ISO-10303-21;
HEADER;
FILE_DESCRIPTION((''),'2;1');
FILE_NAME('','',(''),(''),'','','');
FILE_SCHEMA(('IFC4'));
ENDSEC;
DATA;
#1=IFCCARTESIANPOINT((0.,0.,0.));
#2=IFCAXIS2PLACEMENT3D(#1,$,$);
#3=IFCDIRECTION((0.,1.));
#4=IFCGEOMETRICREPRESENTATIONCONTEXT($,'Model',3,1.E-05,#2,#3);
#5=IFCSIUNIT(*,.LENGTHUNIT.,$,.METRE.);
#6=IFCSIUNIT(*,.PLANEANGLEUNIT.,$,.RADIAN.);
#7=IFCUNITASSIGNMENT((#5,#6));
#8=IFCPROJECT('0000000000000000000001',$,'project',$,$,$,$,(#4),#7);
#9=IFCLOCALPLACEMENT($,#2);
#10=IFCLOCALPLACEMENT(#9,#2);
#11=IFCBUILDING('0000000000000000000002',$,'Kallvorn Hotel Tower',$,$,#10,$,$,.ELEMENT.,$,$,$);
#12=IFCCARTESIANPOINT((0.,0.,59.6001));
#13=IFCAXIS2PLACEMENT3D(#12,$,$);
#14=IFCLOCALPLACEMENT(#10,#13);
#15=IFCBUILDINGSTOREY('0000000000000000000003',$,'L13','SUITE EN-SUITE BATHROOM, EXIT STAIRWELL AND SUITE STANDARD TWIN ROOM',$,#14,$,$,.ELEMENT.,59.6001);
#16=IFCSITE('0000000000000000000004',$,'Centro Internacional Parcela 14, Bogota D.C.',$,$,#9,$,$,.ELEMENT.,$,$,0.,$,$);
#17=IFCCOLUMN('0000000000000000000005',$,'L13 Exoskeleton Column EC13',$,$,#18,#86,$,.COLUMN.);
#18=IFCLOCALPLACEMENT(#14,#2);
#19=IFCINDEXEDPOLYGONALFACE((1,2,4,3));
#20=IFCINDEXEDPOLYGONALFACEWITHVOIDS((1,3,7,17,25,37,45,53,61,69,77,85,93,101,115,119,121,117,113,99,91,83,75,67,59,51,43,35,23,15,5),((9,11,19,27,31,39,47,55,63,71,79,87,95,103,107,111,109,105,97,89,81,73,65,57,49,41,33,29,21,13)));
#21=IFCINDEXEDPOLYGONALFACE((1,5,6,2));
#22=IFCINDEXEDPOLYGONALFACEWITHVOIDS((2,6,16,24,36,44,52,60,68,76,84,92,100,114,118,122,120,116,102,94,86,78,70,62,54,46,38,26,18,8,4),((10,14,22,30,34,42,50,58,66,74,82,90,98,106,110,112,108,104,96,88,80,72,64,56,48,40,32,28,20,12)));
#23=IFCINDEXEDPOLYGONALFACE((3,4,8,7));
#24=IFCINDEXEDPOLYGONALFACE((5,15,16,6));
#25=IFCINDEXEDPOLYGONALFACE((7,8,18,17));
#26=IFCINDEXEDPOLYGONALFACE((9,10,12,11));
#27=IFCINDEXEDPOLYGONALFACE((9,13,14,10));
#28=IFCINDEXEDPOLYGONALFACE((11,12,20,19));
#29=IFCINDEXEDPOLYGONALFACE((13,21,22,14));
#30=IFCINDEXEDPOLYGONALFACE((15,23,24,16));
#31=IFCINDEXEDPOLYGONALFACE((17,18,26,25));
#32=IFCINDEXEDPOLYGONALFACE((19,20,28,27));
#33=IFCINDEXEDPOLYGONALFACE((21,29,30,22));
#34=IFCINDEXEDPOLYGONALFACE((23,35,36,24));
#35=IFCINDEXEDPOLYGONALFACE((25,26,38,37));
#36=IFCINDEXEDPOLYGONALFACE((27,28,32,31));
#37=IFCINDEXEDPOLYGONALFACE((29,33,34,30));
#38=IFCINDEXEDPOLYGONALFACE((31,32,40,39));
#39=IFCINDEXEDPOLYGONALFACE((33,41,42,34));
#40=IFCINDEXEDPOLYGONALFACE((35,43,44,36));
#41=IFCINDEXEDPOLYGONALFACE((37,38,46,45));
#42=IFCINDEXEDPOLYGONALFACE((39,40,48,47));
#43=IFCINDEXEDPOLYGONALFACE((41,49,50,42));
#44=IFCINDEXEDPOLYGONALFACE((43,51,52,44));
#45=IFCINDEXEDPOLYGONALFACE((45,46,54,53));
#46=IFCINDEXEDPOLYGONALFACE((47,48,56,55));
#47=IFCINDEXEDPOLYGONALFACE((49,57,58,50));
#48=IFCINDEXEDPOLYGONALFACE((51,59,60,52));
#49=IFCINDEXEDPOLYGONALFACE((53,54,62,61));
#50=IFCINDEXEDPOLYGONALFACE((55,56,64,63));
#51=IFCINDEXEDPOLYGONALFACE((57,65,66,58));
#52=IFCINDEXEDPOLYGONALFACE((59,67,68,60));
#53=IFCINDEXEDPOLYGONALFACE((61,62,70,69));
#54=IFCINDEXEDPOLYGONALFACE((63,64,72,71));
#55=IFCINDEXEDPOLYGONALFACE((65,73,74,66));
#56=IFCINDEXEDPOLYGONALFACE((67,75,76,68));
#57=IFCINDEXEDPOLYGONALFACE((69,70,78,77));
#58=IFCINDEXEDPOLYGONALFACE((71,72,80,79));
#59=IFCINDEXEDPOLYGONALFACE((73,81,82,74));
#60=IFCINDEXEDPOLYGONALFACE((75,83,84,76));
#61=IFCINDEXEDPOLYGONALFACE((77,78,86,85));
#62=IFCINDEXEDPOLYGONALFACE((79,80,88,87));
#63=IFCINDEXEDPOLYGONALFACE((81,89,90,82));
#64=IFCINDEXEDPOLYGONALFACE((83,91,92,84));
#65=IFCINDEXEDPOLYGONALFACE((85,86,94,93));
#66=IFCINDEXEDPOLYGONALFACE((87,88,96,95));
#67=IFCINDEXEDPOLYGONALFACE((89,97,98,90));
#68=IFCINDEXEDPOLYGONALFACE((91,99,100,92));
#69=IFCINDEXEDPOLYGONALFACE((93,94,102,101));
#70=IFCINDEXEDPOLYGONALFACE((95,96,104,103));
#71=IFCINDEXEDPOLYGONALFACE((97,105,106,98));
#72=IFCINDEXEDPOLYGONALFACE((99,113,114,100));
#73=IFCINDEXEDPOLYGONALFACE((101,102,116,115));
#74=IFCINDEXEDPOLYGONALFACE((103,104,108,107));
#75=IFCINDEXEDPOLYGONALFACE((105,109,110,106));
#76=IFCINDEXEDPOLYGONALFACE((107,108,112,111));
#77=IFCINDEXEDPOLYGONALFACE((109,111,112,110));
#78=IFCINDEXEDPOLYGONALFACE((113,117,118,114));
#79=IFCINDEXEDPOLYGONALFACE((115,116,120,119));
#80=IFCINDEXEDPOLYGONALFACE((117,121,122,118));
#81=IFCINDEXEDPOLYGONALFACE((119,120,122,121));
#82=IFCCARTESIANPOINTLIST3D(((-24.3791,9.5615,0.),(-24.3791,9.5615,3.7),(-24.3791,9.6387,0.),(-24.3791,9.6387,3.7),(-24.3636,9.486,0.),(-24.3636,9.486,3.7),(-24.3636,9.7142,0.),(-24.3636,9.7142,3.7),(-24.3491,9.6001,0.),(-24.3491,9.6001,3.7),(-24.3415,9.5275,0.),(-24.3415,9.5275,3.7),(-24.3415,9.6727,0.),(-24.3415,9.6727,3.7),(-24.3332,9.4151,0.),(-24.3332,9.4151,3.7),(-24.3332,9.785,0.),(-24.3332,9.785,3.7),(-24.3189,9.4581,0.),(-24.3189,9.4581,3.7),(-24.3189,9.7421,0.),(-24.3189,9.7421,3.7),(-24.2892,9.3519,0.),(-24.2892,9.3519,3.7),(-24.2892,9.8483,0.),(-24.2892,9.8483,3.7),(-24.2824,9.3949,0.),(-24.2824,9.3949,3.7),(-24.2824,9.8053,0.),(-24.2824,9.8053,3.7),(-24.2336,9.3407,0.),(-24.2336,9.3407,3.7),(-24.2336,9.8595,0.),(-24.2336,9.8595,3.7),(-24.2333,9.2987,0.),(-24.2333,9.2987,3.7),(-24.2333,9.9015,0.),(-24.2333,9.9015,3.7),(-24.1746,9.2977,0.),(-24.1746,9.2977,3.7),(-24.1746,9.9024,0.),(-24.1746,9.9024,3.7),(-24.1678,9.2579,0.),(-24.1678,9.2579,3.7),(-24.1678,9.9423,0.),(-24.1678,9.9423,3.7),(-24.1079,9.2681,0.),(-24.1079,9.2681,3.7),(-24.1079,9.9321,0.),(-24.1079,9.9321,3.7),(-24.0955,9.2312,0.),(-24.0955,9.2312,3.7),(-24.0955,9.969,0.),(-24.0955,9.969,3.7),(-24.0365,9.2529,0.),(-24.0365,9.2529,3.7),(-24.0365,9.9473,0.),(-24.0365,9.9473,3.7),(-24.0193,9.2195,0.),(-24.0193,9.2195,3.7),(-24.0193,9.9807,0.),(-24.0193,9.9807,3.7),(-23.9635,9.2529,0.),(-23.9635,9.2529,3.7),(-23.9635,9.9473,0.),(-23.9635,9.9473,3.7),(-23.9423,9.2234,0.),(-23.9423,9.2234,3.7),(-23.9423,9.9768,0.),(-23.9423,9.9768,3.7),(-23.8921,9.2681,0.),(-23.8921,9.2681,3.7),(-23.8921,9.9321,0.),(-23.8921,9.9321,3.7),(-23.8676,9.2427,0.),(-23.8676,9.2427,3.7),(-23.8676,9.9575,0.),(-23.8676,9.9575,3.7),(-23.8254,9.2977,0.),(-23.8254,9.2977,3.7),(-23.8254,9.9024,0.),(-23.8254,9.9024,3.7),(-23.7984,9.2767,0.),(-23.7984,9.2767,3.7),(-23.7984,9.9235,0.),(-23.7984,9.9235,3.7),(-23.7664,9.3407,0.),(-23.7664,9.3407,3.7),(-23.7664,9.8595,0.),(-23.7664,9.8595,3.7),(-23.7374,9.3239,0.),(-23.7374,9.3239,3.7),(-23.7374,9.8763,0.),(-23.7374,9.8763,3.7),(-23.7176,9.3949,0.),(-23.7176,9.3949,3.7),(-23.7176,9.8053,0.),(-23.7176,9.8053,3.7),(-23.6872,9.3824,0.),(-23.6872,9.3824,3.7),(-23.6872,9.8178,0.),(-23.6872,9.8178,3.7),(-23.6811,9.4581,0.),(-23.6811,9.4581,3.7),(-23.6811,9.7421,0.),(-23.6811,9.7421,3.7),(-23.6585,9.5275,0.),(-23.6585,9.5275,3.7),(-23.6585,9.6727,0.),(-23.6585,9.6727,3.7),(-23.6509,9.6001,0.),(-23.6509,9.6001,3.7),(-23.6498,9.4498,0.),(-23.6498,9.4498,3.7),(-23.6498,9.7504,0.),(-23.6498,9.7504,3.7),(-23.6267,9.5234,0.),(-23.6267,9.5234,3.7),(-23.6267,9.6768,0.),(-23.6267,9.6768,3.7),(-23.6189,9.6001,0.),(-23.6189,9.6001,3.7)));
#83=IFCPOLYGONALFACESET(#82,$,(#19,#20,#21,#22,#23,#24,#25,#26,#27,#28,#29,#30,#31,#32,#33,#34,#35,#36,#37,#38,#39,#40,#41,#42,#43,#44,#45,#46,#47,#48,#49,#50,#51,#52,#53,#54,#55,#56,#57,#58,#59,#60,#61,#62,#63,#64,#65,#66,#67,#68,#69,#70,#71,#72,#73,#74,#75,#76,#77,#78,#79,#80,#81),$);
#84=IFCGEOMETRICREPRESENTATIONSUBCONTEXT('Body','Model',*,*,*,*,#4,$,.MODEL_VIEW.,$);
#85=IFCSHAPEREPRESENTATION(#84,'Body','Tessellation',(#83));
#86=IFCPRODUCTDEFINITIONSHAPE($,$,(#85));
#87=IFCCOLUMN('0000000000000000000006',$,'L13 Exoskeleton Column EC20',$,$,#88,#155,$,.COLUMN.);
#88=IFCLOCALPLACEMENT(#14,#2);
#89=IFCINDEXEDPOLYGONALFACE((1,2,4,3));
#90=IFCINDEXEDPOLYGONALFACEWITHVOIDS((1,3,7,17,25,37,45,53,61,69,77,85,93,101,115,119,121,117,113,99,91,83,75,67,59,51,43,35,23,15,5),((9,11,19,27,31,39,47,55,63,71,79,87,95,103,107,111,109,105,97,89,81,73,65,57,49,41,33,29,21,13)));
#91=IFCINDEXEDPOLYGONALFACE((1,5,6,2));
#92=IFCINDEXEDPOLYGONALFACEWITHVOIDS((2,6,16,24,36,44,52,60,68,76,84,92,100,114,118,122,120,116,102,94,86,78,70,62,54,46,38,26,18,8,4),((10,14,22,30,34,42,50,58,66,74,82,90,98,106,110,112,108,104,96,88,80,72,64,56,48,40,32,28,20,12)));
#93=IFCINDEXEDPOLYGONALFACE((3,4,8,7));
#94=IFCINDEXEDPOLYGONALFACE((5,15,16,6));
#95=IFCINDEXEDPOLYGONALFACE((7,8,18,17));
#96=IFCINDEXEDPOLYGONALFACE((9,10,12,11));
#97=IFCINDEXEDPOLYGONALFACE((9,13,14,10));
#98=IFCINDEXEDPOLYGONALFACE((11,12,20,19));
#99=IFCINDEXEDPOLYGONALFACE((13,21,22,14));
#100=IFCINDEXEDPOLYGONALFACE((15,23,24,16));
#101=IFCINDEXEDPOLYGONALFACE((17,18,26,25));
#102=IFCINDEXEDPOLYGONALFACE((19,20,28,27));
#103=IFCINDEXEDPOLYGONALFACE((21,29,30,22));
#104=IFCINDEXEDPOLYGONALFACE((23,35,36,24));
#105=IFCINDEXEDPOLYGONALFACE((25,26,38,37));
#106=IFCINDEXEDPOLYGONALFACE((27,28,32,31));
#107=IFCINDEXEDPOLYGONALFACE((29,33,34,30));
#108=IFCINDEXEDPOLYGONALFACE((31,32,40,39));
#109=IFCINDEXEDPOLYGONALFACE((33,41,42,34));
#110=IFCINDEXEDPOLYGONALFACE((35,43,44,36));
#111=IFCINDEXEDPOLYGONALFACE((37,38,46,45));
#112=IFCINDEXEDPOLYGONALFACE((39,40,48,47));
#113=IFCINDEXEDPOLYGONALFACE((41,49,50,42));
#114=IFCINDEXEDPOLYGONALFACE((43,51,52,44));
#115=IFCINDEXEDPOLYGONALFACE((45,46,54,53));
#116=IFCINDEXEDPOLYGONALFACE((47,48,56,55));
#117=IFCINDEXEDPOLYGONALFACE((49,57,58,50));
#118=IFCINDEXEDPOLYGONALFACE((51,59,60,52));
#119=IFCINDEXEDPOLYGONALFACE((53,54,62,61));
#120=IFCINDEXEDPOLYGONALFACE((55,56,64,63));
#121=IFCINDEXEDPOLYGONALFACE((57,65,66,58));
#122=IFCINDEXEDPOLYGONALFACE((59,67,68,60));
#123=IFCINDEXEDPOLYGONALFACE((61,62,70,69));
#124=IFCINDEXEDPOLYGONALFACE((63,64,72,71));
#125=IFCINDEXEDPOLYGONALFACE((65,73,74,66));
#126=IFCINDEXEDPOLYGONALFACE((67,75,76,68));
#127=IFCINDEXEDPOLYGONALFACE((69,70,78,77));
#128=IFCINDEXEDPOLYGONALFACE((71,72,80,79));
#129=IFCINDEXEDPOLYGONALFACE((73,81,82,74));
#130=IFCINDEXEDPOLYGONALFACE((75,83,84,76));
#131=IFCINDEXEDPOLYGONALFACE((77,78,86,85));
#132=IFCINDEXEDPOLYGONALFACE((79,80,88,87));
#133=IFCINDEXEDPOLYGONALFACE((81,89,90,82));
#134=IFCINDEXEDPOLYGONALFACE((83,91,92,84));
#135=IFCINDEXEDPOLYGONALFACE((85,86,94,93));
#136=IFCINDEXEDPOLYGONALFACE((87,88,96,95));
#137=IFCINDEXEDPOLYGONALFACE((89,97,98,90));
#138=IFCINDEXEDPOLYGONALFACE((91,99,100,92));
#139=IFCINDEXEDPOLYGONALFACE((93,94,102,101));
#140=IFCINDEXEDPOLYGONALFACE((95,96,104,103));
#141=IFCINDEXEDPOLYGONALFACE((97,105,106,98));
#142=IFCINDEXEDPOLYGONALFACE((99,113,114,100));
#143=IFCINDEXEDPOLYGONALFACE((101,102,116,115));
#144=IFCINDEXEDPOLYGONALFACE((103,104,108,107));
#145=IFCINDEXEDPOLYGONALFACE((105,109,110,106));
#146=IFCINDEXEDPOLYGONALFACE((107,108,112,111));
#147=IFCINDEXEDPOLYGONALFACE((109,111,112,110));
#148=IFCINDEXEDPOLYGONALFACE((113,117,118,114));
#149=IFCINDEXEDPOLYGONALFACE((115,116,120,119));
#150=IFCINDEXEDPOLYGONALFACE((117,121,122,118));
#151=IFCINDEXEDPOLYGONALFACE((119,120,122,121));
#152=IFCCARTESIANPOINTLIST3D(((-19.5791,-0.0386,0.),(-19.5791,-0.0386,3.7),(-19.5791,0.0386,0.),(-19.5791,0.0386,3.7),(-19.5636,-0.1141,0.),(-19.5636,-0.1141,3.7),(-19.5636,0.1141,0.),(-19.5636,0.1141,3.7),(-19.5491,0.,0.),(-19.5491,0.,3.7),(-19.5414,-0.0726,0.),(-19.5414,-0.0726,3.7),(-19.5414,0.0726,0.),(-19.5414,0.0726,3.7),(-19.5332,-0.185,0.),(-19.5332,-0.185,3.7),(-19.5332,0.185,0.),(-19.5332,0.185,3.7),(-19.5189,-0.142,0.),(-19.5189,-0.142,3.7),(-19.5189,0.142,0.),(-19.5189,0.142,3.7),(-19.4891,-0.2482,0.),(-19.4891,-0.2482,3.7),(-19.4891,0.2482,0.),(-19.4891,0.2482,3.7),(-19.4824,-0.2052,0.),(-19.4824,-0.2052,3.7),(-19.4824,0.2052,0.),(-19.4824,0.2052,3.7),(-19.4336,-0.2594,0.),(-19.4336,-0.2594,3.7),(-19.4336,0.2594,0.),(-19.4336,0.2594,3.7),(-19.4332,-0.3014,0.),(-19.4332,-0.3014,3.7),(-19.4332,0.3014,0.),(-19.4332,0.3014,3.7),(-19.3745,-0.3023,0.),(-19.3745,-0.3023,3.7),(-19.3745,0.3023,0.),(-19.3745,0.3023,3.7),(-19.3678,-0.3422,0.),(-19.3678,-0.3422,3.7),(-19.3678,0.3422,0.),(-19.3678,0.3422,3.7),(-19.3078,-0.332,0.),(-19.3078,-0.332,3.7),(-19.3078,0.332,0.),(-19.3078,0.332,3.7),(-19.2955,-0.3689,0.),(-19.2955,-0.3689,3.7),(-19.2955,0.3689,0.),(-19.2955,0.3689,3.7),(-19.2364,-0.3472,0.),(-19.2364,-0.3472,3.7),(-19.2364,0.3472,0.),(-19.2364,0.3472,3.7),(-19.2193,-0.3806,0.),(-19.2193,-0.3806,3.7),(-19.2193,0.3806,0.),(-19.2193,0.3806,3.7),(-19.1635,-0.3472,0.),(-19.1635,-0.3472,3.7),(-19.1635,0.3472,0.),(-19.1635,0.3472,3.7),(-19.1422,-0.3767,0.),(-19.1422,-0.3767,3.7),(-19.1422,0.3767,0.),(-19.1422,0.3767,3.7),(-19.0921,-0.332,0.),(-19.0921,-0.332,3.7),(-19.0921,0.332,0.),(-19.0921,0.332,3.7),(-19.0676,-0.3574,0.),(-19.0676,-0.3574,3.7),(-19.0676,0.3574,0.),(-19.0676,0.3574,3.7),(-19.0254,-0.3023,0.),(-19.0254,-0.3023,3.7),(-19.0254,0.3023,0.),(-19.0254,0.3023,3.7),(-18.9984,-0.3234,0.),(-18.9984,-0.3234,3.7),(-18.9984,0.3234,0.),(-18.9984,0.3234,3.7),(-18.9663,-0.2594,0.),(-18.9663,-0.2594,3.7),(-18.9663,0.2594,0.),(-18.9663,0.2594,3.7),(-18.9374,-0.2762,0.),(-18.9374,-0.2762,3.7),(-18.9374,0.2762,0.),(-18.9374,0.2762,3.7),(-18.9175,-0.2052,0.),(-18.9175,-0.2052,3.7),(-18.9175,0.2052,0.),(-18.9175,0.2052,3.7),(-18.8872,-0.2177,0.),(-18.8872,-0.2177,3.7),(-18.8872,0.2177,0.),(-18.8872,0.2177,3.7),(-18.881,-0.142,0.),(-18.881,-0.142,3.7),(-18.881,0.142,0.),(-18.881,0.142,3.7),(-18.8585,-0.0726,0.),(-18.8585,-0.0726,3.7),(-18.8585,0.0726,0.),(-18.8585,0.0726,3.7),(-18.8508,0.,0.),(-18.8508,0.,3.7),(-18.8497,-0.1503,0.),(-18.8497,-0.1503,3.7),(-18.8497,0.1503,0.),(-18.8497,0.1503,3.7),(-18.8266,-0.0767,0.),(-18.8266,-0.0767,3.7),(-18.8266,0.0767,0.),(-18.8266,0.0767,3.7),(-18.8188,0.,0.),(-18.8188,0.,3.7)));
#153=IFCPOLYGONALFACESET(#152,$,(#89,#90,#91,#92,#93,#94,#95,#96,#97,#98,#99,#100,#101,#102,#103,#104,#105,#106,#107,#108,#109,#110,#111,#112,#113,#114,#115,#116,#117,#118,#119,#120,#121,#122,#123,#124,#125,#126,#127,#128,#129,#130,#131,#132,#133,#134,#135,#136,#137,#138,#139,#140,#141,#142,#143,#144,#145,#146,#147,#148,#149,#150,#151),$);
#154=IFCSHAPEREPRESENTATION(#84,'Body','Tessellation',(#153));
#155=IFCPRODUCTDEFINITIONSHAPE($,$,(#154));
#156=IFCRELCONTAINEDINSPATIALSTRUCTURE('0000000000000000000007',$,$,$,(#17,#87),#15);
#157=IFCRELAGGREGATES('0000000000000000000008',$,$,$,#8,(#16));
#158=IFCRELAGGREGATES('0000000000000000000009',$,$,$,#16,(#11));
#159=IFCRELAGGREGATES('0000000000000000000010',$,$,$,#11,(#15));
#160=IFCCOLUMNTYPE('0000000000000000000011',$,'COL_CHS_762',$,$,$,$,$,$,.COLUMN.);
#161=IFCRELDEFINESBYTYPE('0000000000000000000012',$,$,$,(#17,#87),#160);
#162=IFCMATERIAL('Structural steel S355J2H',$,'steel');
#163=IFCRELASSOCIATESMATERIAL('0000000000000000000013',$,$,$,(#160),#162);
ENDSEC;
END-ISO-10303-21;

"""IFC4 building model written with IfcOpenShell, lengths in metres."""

from ifc_helpers import new_model, si_unit, direction, frame, origin, origin_2d, place, context, subcontext, project, spatial, hollow_circle, extrude, material, material_profile, profile_set, type_object, element, save


model = new_model("IFC4")

# Units and contexts
model_context = context("Model", 3, precision=1e-05, world=origin(), true_north=direction((0.0, 1.0)))
body_context = subcontext(model_context, "Body", "Model", "MODEL_VIEW")
ifc_project = project(units=[si_unit("LENGTHUNIT", "METRE"), si_unit("PLANEANGLEUNIT", "RADIAN")], contexts=[model_context])

# Site, building, storey
site_placement = place(None, origin())
site = spatial("IfcSite", under=ifc_project, at=site_placement, Name="Centro Internacional Parcela 14, Bogota D.C.", CompositionType="ELEMENT", RefElevation=0.0)
building_placement = place(site_placement, origin())
building = spatial("IfcBuilding", under=site, at=building_placement, Name="Kallvorn Hotel Tower", CompositionType="ELEMENT")
storey_placement = place(building_placement, frame((0.0, 0.0, 59.6001)))
storey = spatial("IfcBuildingStorey", under=building, at=storey_placement, Name="L13", Description="SUITE EN-SUITE BATHROOM, EXIT STAIRWELL AND SUITE STANDARD TWIN ROOM", CompositionType="ELEMENT", Elevation=59.6001)

# Columns
ifc_material_1 = material(Name="Structural steel S355J2H", Category="steel")
ifc_material_profile_1 = material_profile(ifc_material_1, hollow_circle(Radius=0.3811, WallThickness=0.032, at=origin_2d()), Name="CHS 762x32")
ifc_profile_set_1 = profile_set([ifc_material_profile_1], Name="Structural steel S355J2H")
column_type_1 = type_object("IfcColumnType", Name="COL_CHS_762", PredefinedType="COLUMN", material=ifc_profile_set_1)
for number, where, z_axis, x_axis, name in (
    (1, (-24.0, 9.6001, 0.0), (0.0, 0.0, 1.0), (1.0, 0.0, 0.0), "L13 Exoskeleton Column EC13"),
    (2, (-19.2, 0.0, 0.0), (0.0, 0.0, 1.0), (1.0, 0.0, 0.0), "L13 Exoskeleton Column EC20"),
):
    element("IfcColumn", number, at=place(storey_placement, frame(where, z_axis=z_axis, x_axis=x_axis)), inside=storey, type_object=column_type_1, Name=name, PredefinedType="COLUMN", context=body_context, shape_type="SweptSolid", body=[
        extrude(hollow_circle(Radius=0.3811, WallThickness=0.032, at=origin_2d()), origin(), (0.0, 0.0, 1.0), 3.7),
    ])

save(model, "model.ifc")
